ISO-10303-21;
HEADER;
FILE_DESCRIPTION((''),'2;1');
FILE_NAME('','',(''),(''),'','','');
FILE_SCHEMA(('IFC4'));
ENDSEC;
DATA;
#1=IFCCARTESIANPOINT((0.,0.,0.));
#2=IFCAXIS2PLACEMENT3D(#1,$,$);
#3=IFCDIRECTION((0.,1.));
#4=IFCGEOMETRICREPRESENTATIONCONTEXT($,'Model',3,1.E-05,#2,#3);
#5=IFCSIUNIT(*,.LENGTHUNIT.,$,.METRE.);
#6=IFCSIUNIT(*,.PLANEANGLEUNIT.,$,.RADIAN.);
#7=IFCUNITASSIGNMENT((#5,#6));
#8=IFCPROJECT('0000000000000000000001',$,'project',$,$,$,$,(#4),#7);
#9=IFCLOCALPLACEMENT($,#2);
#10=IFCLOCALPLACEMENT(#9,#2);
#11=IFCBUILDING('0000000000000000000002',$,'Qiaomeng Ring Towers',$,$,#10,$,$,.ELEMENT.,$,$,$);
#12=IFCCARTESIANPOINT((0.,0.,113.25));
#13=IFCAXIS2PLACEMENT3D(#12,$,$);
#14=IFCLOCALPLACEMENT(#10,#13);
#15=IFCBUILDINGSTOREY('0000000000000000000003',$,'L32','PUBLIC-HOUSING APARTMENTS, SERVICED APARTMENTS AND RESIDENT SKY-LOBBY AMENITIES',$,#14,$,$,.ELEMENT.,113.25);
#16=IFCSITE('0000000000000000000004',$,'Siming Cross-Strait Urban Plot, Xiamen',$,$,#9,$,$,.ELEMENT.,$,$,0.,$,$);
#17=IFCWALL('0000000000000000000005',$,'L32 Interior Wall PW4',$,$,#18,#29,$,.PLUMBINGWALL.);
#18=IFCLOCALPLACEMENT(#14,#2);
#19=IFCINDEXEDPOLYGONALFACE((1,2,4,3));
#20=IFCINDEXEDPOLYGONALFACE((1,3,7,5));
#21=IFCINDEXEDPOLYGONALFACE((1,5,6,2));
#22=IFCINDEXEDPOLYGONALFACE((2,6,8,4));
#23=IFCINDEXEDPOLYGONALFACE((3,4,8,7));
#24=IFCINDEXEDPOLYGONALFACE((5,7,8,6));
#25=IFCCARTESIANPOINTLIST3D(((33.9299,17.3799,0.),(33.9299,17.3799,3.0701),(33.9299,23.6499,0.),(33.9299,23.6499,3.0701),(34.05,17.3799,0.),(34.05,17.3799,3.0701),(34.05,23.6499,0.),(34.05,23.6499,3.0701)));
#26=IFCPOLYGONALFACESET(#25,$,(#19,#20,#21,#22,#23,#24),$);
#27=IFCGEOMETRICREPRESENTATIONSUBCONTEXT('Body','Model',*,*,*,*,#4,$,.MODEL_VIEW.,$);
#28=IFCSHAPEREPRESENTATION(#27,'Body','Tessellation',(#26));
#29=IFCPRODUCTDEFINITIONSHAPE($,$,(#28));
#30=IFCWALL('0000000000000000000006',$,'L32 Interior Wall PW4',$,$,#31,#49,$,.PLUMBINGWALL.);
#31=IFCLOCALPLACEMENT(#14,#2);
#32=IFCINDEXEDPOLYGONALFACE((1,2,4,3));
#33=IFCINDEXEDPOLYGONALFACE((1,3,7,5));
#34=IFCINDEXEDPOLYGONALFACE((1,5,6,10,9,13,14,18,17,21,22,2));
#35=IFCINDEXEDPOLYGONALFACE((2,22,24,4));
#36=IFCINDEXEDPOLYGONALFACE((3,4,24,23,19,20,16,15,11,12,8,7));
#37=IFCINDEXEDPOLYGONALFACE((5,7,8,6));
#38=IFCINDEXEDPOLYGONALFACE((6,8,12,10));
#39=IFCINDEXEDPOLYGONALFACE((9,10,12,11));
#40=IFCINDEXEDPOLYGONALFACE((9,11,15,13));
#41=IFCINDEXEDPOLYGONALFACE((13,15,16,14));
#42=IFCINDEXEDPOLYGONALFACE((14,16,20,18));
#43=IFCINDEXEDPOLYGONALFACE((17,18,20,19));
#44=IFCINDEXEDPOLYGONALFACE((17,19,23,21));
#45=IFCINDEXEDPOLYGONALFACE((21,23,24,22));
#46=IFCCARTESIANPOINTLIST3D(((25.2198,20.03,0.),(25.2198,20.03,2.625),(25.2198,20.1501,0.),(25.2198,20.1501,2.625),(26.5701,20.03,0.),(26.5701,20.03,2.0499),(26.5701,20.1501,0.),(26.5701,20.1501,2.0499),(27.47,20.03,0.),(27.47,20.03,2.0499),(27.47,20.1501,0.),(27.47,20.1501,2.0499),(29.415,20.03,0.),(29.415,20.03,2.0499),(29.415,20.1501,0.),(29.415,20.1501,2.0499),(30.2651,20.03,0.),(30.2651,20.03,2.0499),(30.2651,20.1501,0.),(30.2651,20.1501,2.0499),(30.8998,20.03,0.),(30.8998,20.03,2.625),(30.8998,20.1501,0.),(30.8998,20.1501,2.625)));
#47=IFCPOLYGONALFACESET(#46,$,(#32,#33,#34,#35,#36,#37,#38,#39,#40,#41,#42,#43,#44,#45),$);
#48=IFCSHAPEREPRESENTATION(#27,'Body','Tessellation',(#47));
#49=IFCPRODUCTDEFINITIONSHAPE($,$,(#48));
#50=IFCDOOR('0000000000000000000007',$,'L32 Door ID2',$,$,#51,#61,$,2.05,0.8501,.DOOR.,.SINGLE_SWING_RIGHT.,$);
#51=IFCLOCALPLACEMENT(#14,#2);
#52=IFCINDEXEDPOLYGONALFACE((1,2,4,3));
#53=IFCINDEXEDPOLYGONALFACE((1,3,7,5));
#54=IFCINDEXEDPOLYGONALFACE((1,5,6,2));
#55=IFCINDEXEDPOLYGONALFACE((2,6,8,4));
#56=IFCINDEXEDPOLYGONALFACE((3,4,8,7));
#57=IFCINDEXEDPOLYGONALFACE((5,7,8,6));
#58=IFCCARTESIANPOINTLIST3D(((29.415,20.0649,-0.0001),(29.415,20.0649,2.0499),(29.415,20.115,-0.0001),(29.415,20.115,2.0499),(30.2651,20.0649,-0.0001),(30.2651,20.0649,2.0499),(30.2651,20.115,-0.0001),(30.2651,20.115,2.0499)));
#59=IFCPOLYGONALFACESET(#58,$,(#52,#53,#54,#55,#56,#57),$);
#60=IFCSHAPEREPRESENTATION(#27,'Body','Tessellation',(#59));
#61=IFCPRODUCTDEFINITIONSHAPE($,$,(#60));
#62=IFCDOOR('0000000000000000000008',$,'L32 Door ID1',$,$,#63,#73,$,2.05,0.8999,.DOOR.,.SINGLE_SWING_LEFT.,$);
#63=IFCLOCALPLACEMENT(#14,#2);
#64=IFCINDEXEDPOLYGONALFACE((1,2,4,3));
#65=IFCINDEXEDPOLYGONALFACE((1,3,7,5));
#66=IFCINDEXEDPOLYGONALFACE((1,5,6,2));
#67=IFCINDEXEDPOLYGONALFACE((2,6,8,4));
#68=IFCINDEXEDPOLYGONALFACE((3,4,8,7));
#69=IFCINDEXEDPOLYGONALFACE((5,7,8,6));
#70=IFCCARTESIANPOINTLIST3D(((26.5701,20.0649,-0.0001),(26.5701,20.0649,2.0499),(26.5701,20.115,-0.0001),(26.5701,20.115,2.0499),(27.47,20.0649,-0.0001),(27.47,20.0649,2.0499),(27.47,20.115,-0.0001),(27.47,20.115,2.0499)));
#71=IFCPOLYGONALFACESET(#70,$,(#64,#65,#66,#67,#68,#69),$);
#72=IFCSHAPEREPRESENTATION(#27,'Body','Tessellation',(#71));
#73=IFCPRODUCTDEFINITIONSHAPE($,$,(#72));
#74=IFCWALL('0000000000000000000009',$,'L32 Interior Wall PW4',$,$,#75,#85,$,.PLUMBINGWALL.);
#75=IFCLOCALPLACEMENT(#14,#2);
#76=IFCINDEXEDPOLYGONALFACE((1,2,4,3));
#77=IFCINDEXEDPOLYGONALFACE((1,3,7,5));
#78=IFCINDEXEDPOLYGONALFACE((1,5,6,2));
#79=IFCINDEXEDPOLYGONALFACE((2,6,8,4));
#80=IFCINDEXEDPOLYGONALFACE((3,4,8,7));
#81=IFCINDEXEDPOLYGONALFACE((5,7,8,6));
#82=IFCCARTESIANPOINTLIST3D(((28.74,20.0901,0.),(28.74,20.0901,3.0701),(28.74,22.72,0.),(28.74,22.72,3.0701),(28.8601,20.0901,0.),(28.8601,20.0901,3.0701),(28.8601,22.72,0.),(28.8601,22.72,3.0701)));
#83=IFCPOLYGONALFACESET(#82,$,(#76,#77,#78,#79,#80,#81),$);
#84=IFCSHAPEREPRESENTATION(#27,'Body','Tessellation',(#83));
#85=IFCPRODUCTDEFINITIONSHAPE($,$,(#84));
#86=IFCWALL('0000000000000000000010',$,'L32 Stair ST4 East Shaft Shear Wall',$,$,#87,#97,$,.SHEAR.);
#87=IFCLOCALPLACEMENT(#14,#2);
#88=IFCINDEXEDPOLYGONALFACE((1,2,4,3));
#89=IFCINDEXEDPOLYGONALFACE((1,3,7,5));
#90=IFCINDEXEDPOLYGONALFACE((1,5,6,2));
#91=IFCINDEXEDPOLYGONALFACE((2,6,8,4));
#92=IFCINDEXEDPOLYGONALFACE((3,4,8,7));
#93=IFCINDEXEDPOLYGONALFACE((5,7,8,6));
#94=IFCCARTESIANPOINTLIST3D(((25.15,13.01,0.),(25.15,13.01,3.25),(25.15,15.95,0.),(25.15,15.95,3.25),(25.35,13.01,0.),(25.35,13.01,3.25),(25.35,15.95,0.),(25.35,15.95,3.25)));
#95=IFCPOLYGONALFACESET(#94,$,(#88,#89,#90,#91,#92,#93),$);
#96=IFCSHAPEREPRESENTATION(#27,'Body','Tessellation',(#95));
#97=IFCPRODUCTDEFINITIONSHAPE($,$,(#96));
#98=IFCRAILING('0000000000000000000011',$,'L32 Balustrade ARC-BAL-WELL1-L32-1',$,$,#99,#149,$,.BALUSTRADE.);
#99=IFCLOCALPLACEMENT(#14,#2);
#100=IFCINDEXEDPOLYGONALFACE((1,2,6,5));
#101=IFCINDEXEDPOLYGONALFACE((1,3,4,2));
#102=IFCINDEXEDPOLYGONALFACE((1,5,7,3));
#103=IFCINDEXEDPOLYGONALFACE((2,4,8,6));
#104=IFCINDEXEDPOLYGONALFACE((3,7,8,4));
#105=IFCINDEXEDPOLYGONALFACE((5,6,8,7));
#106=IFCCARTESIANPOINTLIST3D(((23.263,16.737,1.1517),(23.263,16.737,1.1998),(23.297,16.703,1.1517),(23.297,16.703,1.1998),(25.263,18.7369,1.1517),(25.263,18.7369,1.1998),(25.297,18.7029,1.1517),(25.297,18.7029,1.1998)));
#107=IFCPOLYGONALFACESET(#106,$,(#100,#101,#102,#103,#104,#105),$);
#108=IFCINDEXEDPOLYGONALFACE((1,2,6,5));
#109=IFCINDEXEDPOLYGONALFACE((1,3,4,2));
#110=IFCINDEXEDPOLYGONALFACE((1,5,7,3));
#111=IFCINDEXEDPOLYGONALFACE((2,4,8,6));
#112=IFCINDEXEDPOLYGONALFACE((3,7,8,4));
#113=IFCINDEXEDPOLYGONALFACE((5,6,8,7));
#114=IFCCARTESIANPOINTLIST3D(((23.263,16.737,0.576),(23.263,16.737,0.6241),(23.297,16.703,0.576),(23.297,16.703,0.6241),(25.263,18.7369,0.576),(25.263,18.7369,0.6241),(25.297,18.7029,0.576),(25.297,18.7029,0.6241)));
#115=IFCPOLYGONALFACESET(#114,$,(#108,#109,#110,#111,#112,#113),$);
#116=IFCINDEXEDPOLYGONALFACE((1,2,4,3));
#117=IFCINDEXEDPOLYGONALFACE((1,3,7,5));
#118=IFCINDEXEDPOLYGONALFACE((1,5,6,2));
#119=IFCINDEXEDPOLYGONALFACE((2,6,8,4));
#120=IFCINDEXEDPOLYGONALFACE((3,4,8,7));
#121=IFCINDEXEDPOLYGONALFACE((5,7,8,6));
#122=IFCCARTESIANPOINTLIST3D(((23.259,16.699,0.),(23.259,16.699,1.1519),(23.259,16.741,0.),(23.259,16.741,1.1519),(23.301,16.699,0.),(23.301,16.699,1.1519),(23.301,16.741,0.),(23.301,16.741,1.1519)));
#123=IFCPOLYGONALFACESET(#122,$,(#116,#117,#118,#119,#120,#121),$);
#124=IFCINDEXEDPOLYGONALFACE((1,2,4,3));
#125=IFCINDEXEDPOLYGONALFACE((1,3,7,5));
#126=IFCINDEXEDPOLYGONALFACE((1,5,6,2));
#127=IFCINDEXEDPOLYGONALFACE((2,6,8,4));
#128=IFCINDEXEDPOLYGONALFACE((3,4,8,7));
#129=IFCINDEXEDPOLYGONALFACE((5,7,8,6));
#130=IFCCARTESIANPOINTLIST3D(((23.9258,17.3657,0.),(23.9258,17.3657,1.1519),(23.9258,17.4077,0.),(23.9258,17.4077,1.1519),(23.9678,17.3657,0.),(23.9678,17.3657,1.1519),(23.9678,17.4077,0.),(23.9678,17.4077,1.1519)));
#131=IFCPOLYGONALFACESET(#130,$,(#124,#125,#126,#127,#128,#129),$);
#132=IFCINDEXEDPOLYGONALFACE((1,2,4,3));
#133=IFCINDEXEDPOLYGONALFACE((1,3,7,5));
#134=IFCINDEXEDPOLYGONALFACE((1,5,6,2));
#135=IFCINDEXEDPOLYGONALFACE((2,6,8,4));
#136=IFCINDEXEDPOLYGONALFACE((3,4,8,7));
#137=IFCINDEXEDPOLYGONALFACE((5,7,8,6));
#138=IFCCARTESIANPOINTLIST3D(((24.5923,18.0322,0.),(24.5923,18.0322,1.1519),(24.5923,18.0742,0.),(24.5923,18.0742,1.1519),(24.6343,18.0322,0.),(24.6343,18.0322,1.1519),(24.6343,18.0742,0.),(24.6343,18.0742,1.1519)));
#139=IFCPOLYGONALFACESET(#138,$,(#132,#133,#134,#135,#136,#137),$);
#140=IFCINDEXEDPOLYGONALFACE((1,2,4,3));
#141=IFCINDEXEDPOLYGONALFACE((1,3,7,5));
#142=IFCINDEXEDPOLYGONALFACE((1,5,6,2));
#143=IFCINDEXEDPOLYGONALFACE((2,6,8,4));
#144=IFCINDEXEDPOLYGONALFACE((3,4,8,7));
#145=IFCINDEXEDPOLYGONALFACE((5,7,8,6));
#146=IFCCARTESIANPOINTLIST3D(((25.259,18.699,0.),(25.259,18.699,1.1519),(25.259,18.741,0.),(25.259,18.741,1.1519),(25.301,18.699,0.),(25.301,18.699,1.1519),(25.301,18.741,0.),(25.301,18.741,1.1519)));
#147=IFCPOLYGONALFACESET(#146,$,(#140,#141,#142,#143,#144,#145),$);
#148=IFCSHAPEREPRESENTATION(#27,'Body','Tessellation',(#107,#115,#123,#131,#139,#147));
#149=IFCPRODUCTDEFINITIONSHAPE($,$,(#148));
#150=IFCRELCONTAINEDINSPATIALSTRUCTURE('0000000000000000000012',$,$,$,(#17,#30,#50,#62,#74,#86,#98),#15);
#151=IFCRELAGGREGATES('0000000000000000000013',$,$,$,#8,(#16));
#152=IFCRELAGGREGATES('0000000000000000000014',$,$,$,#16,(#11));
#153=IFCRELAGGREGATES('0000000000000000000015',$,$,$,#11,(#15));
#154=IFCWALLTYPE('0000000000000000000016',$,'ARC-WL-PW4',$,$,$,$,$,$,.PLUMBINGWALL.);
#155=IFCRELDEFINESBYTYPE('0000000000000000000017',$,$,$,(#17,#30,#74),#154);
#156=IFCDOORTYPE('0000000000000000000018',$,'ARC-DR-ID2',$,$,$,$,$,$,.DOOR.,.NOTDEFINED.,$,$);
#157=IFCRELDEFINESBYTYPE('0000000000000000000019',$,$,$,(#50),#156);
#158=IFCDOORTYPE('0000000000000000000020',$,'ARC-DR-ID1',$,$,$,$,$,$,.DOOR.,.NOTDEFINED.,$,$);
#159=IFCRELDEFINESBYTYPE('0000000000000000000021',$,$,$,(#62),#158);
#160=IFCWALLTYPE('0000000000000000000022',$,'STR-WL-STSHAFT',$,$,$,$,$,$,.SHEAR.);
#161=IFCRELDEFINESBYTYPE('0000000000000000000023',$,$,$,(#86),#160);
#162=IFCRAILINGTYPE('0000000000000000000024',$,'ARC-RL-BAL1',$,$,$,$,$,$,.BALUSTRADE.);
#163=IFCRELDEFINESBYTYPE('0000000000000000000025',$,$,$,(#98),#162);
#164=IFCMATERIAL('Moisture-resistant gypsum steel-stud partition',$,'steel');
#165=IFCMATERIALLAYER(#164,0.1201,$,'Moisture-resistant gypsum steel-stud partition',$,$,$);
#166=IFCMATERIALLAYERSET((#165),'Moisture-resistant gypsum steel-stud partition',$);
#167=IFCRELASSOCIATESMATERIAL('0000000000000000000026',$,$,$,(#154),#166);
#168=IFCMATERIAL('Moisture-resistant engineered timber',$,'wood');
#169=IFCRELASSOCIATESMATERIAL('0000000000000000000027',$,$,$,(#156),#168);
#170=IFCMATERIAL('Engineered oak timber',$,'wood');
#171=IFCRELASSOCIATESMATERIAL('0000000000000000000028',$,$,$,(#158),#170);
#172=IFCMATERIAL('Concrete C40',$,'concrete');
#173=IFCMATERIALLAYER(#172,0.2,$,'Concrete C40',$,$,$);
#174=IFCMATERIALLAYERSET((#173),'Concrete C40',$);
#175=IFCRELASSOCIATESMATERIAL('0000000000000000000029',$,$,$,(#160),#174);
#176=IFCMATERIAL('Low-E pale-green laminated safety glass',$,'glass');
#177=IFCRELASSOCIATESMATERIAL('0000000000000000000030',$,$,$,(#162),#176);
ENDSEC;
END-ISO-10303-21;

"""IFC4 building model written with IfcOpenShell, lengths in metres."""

from ifc_helpers import new_model, si_unit, direction, frame, frame_2d, origin, origin_2d, place, context, subcontext, project, spatial, rectangle, extrude, source, transform, mapped, material, layer, layer_set, type_object, element, fill, save


model = new_model("IFC4")

# Units and contexts
model_context = context("Model", 3, precision=1e-05, world=origin(), true_north=direction((0.0, 1.0)))
body_context = subcontext(model_context, "Body", "Model", "MODEL_VIEW")
ifc_project = project(units=[si_unit("LENGTHUNIT", "METRE"), si_unit("PLANEANGLEUNIT", "RADIAN")], contexts=[model_context])

# Site, building, storey
site_placement = place(None, origin())
site = spatial("IfcSite", under=ifc_project, at=site_placement, Name="Siming Cross-Strait Urban Plot, Xiamen", CompositionType="ELEMENT", RefElevation=0.0)
building_placement = place(site_placement, origin())
building = spatial("IfcBuilding", under=site, at=building_placement, Name="Qiaomeng Ring Towers", CompositionType="ELEMENT")
storey_placement = place(building_placement, frame((0.0, 0.0, 113.25)))
storey = spatial("IfcBuildingStorey", under=building, at=storey_placement, Name="L32", Description="PUBLIC-HOUSING APARTMENTS, SERVICED APARTMENTS AND RESIDENT SKY-LOBBY AMENITIES", CompositionType="ELEMENT", Elevation=113.25)

# Shared definitions
ifc_material_1 = material(Name="Moisture-resistant gypsum steel-stud partition", Category="steel")
ifc_layer_1 = layer(ifc_material_1, 0.1201, Name="Moisture-resistant gypsum steel-stud partition")
ifc_layer_set_1 = layer_set([ifc_layer_1], Name="Moisture-resistant gypsum steel-stud partition")
wall_type_1 = type_object("IfcWallType", Name="ARC-WL-PW4", PredefinedType="PLUMBINGWALL", material=ifc_layer_set_1)
ifc_material_2 = material(Name="Moisture-resistant engineered timber", Category="wood")
door_type_1 = type_object("IfcDoorType", Name="ARC-DR-ID2", OperationType="NOTDEFINED", PredefinedType="DOOR", material=ifc_material_2)
shared_shape_1 = source(origin(), body_context, "Body", "SweptSolid", [
    extrude(rectangle(XDim=0.8501, YDim=2.05, at=frame_2d((0.425, 1.0249))), frame((0.0, 0.0249, 0.0), z_axis=(0.0, -1.0, 0.0), x_axis=(1.0, 0.0, 0.0)), (0.0, 0.0, 1.0), 0.05),
])
ifc_material_3 = material(Name="Engineered oak timber", Category="wood")
door_type_2 = type_object("IfcDoorType", Name="ARC-DR-ID1", OperationType="NOTDEFINED", PredefinedType="DOOR", material=ifc_material_3)
shared_shape_2 = source(origin(), body_context, "Body", "SweptSolid", [
    extrude(rectangle(XDim=0.8999, YDim=2.05, at=frame_2d((0.45, 1.0249))), frame((0.0, 0.0249, 0.0), z_axis=(0.0, -1.0, 0.0), x_axis=(1.0, 0.0, 0.0)), (0.0, 0.0, 1.0), 0.05),
])

# Wall
wall_1_placement = place(storey_placement, frame((33.99, 17.3799, 0.0), z_axis=(0.0, 0.0, 1.0), x_axis=(0.0, 1.0, 0.0)))
element("IfcWall", 1, at=wall_1_placement, inside=storey, type_object=wall_type_1, Name="L32 Interior Wall PW4", PredefinedType="PLUMBINGWALL", context=body_context, shape_type="SweptSolid", body=[
    extrude(rectangle(XDim=6.27, YDim=0.1201, at=frame_2d((3.135, 0.0))), origin(), (0.0, 0.0, 1.0), 3.0701),
])

# Wall, openings, doors
wall_2_placement = place(storey_placement, frame((25.22, 20.0901, 0.0), z_axis=(0.0, 0.0, 1.0), x_axis=(1.0, 0.0, 0.0)))
wall_2 = element("IfcWall", 2, at=wall_2_placement, inside=storey, type_object=wall_type_1, Name="L32 Interior Wall PW4", PredefinedType="PLUMBINGWALL", context=body_context, shape_type="SweptSolid", body=[
    extrude(rectangle(XDim=5.6799, YDim=0.1201, at=frame_2d((2.8398, 0.0))), origin(), (0.0, 0.0, 1.0), 2.625),
])
opening_1_placement = place(wall_2_placement, frame((1.3501, 0.0, 0.0)))
opening_1 = element("IfcOpeningElement", 3, at=opening_1_placement, cuts=wall_2, PredefinedType="OPENING", context=body_context, shape_type="SweptSolid", body=[
    extrude(rectangle(XDim=0.8999, YDim=2.05, at=frame_2d((0.45, 1.0249))), frame((0.0, 0.0701, 0.0), z_axis=(0.0, -1.0, 0.0), x_axis=(1.0, 0.0, 0.0)), (0.0, 0.0, 1.0), 0.1401),
])
opening_2_placement = place(wall_2_placement, frame((4.1951, 0.0, 0.0)))
opening_2 = element("IfcOpeningElement", 4, at=opening_2_placement, cuts=wall_2, PredefinedType="OPENING", context=body_context, shape_type="SweptSolid", body=[
    extrude(rectangle(XDim=0.8501, YDim=2.05, at=frame_2d((0.425, 1.0249))), frame((0.0, 0.0701, 0.0), z_axis=(0.0, -1.0, 0.0), x_axis=(1.0, 0.0, 0.0)), (0.0, 0.0, 1.0), 0.1401),
])
door_1_placement = place(opening_2_placement, origin())
door_1 = element("IfcDoor", 5, at=door_1_placement, inside=storey, type_object=door_type_1, Name="L32 Door ID2", OperationType="SINGLE_SWING_RIGHT", OverallHeight=2.05, OverallWidth=0.8501, PredefinedType="DOOR", context=body_context, shape_type="MappedRepresentation", body=[
    mapped(shared_shape_1, transform((0.0, 0.0, 0.0), x_axis=(1.0, 0.0, 0.0), y_axis=(0.0, 1.0, 0.0), z_axis=(0.0, 0.0, 1.0), scale=1.0)),
])
fill(opening_2, door_1)
door_2_placement = place(opening_1_placement, origin())
door_2 = element("IfcDoor", 6, at=door_2_placement, inside=storey, type_object=door_type_2, Name="L32 Door ID1", OperationType="SINGLE_SWING_LEFT", OverallHeight=2.05, OverallWidth=0.8999, PredefinedType="DOOR", context=body_context, shape_type="MappedRepresentation", body=[
    mapped(shared_shape_2, transform((0.0, 0.0, 0.0), x_axis=(1.0, 0.0, 0.0), y_axis=(0.0, 1.0, 0.0), z_axis=(0.0, 0.0, 1.0), scale=1.0)),
])
fill(opening_1, door_2)

# Walls
wall_3_placement = place(storey_placement, frame((28.8, 20.0901, 0.0), z_axis=(0.0, 0.0, 1.0), x_axis=(0.0, 1.0, 0.0)))
element("IfcWall", 7, at=wall_3_placement, inside=storey, type_object=wall_type_1, Name="L32 Interior Wall PW4", PredefinedType="PLUMBINGWALL", context=body_context, shape_type="SweptSolid", body=[
    extrude(rectangle(XDim=2.6299, YDim=0.1201, at=frame_2d((1.3149, 0.0))), origin(), (0.0, 0.0, 1.0), 3.0701),
])
ifc_material_4 = material(Name="Concrete C40", Category="concrete")
ifc_layer_2 = layer(ifc_material_4, 0.2, Name="Concrete C40")
ifc_layer_set_2 = layer_set([ifc_layer_2], Name="Concrete C40")
wall_type_2 = type_object("IfcWallType", Name="STR-WL-STSHAFT", PredefinedType="SHEAR", material=ifc_layer_set_2)
wall_4_placement = place(storey_placement, frame((25.25, 13.01, 0.0), z_axis=(0.0, 0.0, 1.0), x_axis=(0.0, 1.0, 0.0)))
element("IfcWall", 8, at=wall_4_placement, inside=storey, type_object=wall_type_2, Name="L32 Stair ST4 East Shaft Shear Wall", PredefinedType="SHEAR", context=body_context, shape_type="SweptSolid", body=[
    extrude(rectangle(XDim=2.9399, YDim=0.2, at=frame_2d((1.47, 0.0))), origin(), (0.0, 0.0, 1.0), 3.25),
])

# Railing
ifc_material_5 = material(Name="Low-E pale-green laminated safety glass", Category="glass")
railing_type = type_object("IfcRailingType", Name="ARC-RL-BAL1", PredefinedType="BALUSTRADE", material=ifc_material_5)
railing_placement = place(storey_placement, frame((23.28, 16.72, 0.0)))
element("IfcRailing", 9, at=railing_placement, inside=storey, type_object=railing_type, Name="L32 Balustrade ARC-BAL-WELL1-L32-1", PredefinedType="BALUSTRADE", context=body_context, shape_type="SweptSolid", body=[
    extrude(rectangle(XDim=0.0481, YDim=0.0481, at=origin_2d()), frame((0.0, 0.0, 1.1758), z_axis=(0.707107, 0.707107, 0.0), x_axis=(-0.707107, 0.707107, 0.0)), (0.0, 0.0, 1.0), 2.8284),
    extrude(rectangle(XDim=0.0481, YDim=0.0481, at=origin_2d()), frame((0.0, 0.0, 0.6001), z_axis=(0.707107, 0.707107, 0.0), x_axis=(-0.707107, 0.707107, 0.0)), (0.0, 0.0, 1.0), 2.8284),
    extrude(rectangle(XDim=0.042, YDim=0.042, at=origin_2d()), origin(), (0.0, 0.0, 1.0), 1.1519),
    extrude(rectangle(XDim=0.042, YDim=0.042, at=origin_2d()), frame((0.6667, 0.6667, 0.0)), (0.0, 0.0, 1.0), 1.1519),
    extrude(rectangle(XDim=0.042, YDim=0.042, at=origin_2d()), frame((1.3333, 1.3333, 0.0)), (0.0, 0.0, 1.0), 1.1519),
    extrude(rectangle(XDim=0.042, YDim=0.042, at=origin_2d()), frame((2.0, 2.0, 0.0)), (0.0, 0.0, 1.0), 1.1519),
])

save(model, "model.ifc")
